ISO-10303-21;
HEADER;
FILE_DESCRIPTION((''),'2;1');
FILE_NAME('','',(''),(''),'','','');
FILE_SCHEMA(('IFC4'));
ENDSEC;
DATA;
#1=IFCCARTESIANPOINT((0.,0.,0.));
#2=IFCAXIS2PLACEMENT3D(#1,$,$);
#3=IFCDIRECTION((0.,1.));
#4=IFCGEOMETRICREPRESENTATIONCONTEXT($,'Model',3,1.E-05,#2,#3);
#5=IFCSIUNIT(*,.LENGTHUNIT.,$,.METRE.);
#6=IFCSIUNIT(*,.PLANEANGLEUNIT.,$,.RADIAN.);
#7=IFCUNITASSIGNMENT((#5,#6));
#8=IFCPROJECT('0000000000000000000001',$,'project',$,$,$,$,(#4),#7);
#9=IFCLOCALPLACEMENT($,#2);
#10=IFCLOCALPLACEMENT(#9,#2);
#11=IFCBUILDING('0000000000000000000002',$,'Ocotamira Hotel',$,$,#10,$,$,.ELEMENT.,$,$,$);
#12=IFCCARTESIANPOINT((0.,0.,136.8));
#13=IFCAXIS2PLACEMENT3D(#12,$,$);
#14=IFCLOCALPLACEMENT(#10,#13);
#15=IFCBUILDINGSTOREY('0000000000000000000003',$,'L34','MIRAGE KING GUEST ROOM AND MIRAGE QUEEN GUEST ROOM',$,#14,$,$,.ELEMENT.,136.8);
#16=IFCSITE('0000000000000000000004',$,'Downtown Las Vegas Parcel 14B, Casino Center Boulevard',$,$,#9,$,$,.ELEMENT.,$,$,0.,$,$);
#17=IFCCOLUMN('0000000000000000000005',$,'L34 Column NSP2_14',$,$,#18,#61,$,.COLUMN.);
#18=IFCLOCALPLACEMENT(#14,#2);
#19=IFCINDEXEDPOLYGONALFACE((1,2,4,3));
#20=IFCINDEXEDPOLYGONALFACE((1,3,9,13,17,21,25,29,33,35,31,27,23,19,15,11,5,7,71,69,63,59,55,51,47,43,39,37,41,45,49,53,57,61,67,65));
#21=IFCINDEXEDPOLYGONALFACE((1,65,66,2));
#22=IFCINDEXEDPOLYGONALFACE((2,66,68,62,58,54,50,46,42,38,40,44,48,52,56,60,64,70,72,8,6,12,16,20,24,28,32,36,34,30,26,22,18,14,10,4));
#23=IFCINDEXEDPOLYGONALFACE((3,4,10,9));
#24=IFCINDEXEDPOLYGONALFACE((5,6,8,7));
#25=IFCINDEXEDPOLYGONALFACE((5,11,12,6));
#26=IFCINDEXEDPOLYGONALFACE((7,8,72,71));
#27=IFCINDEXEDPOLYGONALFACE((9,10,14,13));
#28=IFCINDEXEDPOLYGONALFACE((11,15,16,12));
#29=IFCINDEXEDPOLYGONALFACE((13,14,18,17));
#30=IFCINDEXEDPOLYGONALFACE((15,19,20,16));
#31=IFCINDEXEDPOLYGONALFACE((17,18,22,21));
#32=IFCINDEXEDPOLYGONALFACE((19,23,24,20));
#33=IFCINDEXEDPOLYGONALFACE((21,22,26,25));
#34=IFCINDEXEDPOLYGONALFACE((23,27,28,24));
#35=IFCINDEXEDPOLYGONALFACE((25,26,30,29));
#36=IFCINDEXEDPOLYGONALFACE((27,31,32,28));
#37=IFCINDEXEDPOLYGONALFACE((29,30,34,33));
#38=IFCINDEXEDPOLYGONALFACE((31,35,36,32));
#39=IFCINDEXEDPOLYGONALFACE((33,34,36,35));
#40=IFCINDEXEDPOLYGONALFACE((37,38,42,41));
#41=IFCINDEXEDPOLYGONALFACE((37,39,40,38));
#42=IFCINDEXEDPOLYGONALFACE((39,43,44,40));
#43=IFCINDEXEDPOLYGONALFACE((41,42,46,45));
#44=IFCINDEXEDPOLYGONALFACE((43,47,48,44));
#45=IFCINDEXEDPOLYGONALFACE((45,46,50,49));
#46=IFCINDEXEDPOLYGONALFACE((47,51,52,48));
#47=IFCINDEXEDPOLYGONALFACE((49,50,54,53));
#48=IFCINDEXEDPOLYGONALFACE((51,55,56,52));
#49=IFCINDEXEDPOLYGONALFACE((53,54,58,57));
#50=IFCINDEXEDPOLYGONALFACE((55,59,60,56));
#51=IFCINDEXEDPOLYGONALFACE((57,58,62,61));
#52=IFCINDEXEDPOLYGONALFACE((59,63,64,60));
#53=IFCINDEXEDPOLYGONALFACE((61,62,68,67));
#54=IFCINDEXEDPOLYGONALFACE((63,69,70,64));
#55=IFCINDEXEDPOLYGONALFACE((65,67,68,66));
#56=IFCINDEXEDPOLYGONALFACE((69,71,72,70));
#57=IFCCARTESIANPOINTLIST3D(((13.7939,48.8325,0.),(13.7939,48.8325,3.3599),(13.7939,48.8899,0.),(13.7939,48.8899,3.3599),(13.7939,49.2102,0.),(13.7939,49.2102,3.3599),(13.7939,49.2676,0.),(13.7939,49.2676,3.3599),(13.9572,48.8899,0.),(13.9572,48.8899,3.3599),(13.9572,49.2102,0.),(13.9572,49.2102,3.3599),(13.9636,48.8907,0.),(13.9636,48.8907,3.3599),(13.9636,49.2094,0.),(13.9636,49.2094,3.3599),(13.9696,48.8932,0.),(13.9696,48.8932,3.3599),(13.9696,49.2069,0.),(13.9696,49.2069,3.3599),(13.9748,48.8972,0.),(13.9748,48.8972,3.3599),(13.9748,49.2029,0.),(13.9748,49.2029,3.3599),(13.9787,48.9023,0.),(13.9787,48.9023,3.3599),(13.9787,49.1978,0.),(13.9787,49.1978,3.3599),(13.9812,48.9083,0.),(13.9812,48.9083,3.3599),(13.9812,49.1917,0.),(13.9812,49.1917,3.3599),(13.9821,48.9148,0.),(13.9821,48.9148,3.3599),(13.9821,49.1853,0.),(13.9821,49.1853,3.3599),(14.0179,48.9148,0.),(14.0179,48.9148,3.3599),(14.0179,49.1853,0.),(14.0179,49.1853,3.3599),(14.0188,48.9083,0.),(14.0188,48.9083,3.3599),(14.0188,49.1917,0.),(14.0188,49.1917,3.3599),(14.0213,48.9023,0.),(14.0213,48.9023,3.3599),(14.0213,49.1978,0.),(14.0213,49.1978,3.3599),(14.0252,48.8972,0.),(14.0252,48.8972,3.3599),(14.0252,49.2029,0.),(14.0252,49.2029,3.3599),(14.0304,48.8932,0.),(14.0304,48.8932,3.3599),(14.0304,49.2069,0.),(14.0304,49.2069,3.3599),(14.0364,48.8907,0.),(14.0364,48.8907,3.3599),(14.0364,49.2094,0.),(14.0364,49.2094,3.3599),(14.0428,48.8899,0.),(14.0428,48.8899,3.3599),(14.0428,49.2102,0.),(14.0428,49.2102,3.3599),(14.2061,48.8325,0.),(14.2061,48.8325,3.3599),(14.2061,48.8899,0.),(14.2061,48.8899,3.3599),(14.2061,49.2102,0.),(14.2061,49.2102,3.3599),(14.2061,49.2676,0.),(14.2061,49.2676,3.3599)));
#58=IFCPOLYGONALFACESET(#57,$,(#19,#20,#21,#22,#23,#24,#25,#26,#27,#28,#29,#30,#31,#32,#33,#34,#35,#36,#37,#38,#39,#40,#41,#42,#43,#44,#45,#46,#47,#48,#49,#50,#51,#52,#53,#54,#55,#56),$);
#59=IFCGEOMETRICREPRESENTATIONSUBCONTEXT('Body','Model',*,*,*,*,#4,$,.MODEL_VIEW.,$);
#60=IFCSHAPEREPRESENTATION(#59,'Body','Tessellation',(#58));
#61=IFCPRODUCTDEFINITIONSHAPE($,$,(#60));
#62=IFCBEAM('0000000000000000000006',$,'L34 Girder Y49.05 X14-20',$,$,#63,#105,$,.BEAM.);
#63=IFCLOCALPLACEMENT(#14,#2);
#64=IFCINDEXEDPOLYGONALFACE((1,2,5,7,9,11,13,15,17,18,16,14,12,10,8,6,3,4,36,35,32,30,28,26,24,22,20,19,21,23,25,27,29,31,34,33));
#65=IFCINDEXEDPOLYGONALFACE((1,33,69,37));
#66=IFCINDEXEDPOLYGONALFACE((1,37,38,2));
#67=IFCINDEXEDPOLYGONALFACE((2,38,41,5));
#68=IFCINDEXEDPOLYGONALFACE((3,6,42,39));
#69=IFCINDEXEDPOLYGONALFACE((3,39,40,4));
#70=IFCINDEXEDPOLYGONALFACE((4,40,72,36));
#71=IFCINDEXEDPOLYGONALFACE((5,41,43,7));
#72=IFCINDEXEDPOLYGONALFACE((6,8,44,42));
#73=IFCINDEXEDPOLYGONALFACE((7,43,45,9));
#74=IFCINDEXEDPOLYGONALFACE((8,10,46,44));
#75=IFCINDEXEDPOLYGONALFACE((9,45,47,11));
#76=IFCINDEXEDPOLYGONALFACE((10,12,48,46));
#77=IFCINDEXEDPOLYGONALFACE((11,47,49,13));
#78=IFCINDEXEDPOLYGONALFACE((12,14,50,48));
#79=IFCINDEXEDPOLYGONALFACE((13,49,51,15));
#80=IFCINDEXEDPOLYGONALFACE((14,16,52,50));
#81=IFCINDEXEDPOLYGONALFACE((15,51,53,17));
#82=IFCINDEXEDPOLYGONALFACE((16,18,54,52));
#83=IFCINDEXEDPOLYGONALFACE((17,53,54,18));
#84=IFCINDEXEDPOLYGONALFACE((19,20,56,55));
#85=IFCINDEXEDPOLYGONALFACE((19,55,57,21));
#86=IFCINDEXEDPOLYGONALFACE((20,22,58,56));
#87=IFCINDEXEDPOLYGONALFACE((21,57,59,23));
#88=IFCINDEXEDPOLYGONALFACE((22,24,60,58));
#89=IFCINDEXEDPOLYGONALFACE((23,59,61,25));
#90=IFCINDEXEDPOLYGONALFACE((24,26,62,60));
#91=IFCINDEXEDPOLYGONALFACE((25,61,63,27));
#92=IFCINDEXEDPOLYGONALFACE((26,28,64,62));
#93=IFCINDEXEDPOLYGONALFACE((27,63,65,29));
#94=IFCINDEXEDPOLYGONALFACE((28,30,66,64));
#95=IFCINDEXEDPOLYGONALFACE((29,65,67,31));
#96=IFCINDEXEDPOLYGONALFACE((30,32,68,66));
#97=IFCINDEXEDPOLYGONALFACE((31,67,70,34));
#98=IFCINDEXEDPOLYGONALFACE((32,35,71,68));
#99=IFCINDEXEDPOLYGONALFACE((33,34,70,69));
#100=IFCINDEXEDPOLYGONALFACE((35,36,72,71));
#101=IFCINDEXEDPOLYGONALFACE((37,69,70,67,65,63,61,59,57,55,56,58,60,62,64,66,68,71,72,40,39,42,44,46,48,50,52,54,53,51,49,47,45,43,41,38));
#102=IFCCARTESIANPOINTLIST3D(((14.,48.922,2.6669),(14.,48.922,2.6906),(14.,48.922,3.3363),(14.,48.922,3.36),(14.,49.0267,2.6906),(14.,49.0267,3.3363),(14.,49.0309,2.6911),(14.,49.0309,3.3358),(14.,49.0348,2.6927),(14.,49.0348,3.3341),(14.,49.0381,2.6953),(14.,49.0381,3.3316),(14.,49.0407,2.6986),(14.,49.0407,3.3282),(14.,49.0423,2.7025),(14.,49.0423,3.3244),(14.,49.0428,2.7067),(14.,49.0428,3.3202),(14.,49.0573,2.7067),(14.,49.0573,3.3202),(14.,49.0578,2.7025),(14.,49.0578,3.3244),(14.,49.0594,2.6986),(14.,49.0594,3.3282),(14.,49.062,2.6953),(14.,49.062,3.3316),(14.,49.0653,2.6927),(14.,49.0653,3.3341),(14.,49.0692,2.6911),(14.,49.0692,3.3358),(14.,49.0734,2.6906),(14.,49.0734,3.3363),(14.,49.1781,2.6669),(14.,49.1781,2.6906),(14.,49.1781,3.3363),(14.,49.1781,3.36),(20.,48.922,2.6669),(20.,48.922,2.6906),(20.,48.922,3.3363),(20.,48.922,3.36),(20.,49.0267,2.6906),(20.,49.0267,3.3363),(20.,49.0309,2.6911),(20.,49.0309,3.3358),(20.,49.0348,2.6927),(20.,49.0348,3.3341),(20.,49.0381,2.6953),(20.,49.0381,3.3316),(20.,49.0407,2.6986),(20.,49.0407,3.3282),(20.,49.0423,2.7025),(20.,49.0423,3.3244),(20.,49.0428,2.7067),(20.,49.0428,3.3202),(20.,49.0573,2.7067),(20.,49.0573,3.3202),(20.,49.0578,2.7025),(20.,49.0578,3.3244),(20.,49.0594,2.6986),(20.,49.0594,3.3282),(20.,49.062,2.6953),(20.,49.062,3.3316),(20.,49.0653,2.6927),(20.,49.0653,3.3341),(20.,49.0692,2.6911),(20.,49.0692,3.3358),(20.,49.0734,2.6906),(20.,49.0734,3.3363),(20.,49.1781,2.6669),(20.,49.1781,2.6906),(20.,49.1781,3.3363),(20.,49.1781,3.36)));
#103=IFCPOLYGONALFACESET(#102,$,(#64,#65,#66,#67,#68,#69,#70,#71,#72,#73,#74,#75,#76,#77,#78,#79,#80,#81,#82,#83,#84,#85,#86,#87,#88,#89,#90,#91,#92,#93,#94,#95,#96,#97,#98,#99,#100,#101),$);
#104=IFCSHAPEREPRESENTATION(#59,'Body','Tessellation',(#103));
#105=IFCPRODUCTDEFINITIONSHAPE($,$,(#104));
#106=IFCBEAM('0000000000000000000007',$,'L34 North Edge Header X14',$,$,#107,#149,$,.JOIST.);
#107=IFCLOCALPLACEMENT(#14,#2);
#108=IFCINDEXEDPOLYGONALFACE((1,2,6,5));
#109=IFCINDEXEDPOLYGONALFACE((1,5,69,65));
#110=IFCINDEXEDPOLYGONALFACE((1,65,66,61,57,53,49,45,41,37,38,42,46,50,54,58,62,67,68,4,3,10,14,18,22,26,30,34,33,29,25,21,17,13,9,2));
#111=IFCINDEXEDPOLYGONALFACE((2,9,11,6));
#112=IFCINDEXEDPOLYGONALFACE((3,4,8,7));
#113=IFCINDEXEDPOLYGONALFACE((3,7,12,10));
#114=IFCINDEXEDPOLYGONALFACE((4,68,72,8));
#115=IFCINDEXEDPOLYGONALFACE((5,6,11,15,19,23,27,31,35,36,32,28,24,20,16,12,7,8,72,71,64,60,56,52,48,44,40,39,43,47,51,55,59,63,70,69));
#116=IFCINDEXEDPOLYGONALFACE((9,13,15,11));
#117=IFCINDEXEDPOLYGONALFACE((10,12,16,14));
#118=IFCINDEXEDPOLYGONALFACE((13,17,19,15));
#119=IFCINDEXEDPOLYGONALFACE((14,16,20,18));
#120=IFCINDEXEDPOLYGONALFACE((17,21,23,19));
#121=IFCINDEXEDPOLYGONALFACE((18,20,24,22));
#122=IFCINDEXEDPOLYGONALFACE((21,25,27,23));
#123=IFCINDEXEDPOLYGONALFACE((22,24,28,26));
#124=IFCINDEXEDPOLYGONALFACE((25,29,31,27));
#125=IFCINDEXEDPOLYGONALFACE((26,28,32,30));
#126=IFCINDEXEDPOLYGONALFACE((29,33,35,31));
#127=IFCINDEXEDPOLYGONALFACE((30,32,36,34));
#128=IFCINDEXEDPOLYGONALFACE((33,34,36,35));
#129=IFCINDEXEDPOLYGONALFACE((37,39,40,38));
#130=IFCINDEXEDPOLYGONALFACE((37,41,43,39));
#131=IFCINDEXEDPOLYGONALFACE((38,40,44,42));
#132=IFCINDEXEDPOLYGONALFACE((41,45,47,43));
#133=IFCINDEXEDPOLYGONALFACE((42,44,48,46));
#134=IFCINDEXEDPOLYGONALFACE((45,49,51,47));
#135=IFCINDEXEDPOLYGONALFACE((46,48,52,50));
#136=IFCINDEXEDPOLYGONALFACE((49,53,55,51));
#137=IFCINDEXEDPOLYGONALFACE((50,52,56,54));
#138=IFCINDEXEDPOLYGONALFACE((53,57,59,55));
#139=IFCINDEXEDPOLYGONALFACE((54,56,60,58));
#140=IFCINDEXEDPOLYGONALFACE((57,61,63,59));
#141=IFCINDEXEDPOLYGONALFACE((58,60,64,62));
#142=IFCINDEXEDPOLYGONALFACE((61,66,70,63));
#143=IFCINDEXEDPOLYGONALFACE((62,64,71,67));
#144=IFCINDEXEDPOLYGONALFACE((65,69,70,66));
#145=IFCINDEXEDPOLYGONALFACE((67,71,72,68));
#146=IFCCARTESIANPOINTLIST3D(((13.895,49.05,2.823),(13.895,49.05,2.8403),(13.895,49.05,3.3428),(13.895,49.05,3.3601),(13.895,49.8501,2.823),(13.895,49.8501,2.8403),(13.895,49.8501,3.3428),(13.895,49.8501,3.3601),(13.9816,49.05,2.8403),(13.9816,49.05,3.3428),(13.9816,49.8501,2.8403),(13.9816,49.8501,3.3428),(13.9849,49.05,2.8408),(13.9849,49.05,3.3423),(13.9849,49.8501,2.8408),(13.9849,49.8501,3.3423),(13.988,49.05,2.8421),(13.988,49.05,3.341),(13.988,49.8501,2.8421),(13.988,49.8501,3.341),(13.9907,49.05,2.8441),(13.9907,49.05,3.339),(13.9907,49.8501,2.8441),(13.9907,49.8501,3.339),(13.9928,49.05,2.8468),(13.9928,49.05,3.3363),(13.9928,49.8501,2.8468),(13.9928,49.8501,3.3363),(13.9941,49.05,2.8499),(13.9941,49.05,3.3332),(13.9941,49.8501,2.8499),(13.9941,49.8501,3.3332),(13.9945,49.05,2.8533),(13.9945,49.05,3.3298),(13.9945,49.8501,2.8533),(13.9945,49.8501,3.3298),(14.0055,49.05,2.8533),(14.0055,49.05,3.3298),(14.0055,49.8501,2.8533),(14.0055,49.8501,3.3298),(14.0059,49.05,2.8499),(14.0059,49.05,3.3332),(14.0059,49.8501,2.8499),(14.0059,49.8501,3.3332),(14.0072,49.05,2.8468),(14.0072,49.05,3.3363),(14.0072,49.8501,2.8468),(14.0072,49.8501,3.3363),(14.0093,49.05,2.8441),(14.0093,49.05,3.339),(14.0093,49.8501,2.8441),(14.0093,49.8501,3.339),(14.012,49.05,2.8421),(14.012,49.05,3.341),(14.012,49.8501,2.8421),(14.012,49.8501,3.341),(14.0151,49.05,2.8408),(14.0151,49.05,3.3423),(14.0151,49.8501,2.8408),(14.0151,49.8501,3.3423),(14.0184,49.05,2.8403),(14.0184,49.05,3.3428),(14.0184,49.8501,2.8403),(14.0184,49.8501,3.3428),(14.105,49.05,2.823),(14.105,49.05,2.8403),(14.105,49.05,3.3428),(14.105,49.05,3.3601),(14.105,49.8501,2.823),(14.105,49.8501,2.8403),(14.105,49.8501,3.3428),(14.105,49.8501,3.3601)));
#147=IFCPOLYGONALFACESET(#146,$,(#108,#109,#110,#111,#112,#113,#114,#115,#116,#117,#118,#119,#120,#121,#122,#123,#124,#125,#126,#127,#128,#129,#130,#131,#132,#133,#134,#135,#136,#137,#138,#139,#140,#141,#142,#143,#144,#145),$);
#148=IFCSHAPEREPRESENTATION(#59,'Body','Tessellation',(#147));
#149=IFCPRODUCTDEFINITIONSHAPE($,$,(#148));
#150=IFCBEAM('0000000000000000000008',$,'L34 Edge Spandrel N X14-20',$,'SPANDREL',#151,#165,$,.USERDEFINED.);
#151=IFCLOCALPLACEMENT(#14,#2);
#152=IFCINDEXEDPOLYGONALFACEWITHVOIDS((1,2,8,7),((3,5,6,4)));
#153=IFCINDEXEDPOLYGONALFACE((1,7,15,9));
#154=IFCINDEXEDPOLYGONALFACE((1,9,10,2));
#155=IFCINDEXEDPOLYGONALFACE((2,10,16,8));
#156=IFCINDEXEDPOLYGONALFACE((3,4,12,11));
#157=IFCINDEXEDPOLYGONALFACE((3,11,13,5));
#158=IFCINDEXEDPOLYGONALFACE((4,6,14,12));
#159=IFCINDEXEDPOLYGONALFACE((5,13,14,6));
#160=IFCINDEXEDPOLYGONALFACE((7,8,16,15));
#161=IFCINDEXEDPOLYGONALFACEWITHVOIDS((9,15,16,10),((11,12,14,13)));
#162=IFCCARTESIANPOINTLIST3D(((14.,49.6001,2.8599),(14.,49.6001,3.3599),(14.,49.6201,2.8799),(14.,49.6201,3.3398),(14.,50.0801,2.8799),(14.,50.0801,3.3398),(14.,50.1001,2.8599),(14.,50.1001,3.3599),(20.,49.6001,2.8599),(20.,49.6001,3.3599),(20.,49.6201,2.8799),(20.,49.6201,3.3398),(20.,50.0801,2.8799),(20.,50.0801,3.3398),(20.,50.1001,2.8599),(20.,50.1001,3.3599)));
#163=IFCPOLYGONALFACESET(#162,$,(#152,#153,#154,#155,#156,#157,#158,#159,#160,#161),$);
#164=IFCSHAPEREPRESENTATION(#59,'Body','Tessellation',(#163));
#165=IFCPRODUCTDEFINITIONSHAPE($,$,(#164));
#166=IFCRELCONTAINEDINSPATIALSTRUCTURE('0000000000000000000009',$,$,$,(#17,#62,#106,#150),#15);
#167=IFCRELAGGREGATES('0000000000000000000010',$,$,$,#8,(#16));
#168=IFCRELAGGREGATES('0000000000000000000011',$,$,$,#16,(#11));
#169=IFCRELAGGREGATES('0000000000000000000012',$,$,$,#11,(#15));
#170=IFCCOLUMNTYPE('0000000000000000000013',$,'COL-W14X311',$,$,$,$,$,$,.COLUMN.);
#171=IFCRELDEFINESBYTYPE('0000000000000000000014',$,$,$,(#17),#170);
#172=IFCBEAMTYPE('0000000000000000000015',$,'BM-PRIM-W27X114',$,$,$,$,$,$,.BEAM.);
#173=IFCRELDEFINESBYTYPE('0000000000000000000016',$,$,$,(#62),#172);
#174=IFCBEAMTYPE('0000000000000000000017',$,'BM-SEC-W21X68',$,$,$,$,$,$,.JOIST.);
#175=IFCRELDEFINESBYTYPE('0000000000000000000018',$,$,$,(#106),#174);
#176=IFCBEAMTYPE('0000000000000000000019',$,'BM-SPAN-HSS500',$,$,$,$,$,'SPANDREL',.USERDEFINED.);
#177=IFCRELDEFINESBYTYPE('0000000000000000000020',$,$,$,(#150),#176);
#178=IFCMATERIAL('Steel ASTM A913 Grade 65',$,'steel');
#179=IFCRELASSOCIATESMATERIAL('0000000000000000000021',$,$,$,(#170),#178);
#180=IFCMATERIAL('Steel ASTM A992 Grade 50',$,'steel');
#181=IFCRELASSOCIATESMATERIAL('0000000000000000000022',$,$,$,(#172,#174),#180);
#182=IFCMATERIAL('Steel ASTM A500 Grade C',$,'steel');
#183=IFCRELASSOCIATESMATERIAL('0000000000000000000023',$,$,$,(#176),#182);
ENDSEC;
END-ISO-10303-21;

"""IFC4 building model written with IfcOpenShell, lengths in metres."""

from ifc_helpers import new_model, si_unit, direction, frame, origin, origin_2d, place, context, subcontext, project, spatial, hollow_rectangle, i_section, extrude, source, transform, mapped, material, material_profile, profile_set, type_object, element, save


model = new_model("IFC4")

# Units and contexts
model_context = context("Model", 3, precision=1e-05, world=origin(), true_north=direction((0.0, 1.0)))
body_context = subcontext(model_context, "Body", "Model", "MODEL_VIEW")
ifc_project = project(units=[si_unit("LENGTHUNIT", "METRE"), si_unit("PLANEANGLEUNIT", "RADIAN")], contexts=[model_context])

# Site, building, storey
site_placement = place(None, origin())
site = spatial("IfcSite", under=ifc_project, at=site_placement, Name="Downtown Las Vegas Parcel 14B, Casino Center Boulevard", CompositionType="ELEMENT", RefElevation=0.0)
building_placement = place(site_placement, origin())
building = spatial("IfcBuilding", under=site, at=building_placement, Name="Ocotamira Hotel", CompositionType="ELEMENT")
storey_placement = place(building_placement, frame((0.0, 0.0, 136.8)))
storey = spatial("IfcBuildingStorey", under=building, at=storey_placement, Name="L34", Description="MIRAGE KING GUEST ROOM AND MIRAGE QUEEN GUEST ROOM", CompositionType="ELEMENT", Elevation=136.8)

# Column
ifc_material_1 = material(Name="Steel ASTM A913 Grade 65", Category="steel")
ifc_material_profile_1 = material_profile(ifc_material_1, i_section(OverallWidth=0.4121, OverallDepth=0.4351, WebThickness=0.0359, FlangeThickness=0.0574, FilletRadius=0.0249, at=origin_2d()), Name="W14X311")
ifc_profile_set_1 = profile_set([ifc_material_profile_1], Name="Steel ASTM A913 Grade 65")
column_type = type_object("IfcColumnType", Name="COL-W14X311", PredefinedType="COLUMN", material=ifc_profile_set_1)
shared_shape_1 = source(origin(), body_context, "Body", "SweptSolid", [
    extrude(i_section(OverallWidth=0.4121, OverallDepth=0.4351, WebThickness=0.0359, FlangeThickness=0.0574, FilletRadius=0.0249, at=origin_2d()), origin(), (0.0, 0.0, 1.0), 3.3599),
])
column_placement = place(storey_placement, frame((14.0, 49.05, 0.0), z_axis=(0.0, 0.0, 1.0), x_axis=(1.0, 0.0, 0.0)))
element("IfcColumn", 1, at=column_placement, inside=storey, type_object=column_type, Name="L34 Column NSP2_14", PredefinedType="COLUMN", context=body_context, shape_type="MappedRepresentation", body=[
    mapped(shared_shape_1, transform((0.0, 0.0, 0.0), scale=1.0)),
])

# Beams
ifc_material_2 = material(Name="Steel ASTM A992 Grade 50", Category="steel")
ifc_material_profile_2 = material_profile(ifc_material_2, i_section(OverallWidth=0.2561, OverallDepth=0.6931, WebThickness=0.0144, FlangeThickness=0.0237, FilletRadius=0.0161, at=origin_2d()), Name="W27X114")
ifc_profile_set_2 = profile_set([ifc_material_profile_2], Name="Steel ASTM A992 Grade 50")
beam_type_1 = type_object("IfcBeamType", Name="BM-PRIM-W27X114", PredefinedType="BEAM", material=ifc_profile_set_2)
shared_shape_2 = source(origin(), body_context, "Body", "SweptSolid", [
    extrude(i_section(OverallWidth=0.2561, OverallDepth=0.6931, WebThickness=0.0144, FlangeThickness=0.0237, FilletRadius=0.0161, at=origin_2d()), origin(), (0.0, 0.0, 1.0), 6.0),
])
beam_1_placement = place(storey_placement, frame((14.0, 49.05, 3.0134), z_axis=(1.0, 0.0, 0.0), x_axis=(0.0, 1.0, 0.0)))
element("IfcBeam", 2, at=beam_1_placement, inside=storey, type_object=beam_type_1, Name="L34 Girder Y49.05 X14-20", PredefinedType="BEAM", context=body_context, shape_type="MappedRepresentation", body=[
    mapped(shared_shape_2, transform((0.0, 0.0, 0.0), scale=1.0)),
])
ifc_material_profile_3 = material_profile(ifc_material_2, i_section(OverallWidth=0.21, OverallDepth=0.5371, WebThickness=0.011, FlangeThickness=0.0173, FilletRadius=0.0129, at=origin_2d()), Name="W21X68")
ifc_profile_set_3 = profile_set([ifc_material_profile_3], Name="Steel ASTM A992 Grade 50")
beam_type_2 = type_object("IfcBeamType", Name="BM-SEC-W21X68", PredefinedType="JOIST", material=ifc_profile_set_3)
shared_shape_3 = source(origin(), body_context, "Body", "SweptSolid", [
    extrude(i_section(OverallWidth=0.21, OverallDepth=0.5371, WebThickness=0.011, FlangeThickness=0.0173, FilletRadius=0.0129, at=origin_2d()), origin(), (0.0, 0.0, 1.0), 0.8),
])
beam_2_placement = place(storey_placement, frame((14.0, 49.05, 3.0916), z_axis=(0.0, 1.0, 0.0), x_axis=(-1.0, 0.0, 0.0)))
element("IfcBeam", 3, at=beam_2_placement, inside=storey, type_object=beam_type_2, Name="L34 North Edge Header X14", PredefinedType="JOIST", context=body_context, shape_type="MappedRepresentation", body=[
    mapped(shared_shape_3, transform((0.0, 0.0, 0.0), scale=1.0)),
])
ifc_material_3 = material(Name="Steel ASTM A500 Grade C", Category="steel")
ifc_material_profile_4 = material_profile(ifc_material_3, hollow_rectangle(XDim=0.5, YDim=0.5, WallThickness=0.02, at=origin_2d()), Name="HSS500X500X20")
ifc_profile_set_4 = profile_set([ifc_material_profile_4], Name="Steel ASTM A500 Grade C")
beam_type_3 = type_object("IfcBeamType", Name="BM-SPAN-HSS500", ElementType="SPANDREL", PredefinedType="USERDEFINED", material=ifc_profile_set_4)
shared_shape_4 = source(origin(), body_context, "Body", "SweptSolid", [
    extrude(hollow_rectangle(XDim=0.5, YDim=0.5, WallThickness=0.02, at=origin_2d()), origin(), (0.0, 0.0, 1.0), 6.0),
])
beam_3_placement = place(storey_placement, frame((14.0, 49.8501, 3.1099), z_axis=(1.0, 0.0, 0.0), x_axis=(0.0, 1.0, 0.0)))
element("IfcBeam", 4, at=beam_3_placement, inside=storey, type_object=beam_type_3, Name="L34 Edge Spandrel N X14-20", ObjectType="SPANDREL", PredefinedType="USERDEFINED", context=body_context, shape_type="MappedRepresentation", body=[
    mapped(shared_shape_4, transform((0.0, 0.0, 0.0), scale=1.0)),
])

save(model, "model.ifc")
